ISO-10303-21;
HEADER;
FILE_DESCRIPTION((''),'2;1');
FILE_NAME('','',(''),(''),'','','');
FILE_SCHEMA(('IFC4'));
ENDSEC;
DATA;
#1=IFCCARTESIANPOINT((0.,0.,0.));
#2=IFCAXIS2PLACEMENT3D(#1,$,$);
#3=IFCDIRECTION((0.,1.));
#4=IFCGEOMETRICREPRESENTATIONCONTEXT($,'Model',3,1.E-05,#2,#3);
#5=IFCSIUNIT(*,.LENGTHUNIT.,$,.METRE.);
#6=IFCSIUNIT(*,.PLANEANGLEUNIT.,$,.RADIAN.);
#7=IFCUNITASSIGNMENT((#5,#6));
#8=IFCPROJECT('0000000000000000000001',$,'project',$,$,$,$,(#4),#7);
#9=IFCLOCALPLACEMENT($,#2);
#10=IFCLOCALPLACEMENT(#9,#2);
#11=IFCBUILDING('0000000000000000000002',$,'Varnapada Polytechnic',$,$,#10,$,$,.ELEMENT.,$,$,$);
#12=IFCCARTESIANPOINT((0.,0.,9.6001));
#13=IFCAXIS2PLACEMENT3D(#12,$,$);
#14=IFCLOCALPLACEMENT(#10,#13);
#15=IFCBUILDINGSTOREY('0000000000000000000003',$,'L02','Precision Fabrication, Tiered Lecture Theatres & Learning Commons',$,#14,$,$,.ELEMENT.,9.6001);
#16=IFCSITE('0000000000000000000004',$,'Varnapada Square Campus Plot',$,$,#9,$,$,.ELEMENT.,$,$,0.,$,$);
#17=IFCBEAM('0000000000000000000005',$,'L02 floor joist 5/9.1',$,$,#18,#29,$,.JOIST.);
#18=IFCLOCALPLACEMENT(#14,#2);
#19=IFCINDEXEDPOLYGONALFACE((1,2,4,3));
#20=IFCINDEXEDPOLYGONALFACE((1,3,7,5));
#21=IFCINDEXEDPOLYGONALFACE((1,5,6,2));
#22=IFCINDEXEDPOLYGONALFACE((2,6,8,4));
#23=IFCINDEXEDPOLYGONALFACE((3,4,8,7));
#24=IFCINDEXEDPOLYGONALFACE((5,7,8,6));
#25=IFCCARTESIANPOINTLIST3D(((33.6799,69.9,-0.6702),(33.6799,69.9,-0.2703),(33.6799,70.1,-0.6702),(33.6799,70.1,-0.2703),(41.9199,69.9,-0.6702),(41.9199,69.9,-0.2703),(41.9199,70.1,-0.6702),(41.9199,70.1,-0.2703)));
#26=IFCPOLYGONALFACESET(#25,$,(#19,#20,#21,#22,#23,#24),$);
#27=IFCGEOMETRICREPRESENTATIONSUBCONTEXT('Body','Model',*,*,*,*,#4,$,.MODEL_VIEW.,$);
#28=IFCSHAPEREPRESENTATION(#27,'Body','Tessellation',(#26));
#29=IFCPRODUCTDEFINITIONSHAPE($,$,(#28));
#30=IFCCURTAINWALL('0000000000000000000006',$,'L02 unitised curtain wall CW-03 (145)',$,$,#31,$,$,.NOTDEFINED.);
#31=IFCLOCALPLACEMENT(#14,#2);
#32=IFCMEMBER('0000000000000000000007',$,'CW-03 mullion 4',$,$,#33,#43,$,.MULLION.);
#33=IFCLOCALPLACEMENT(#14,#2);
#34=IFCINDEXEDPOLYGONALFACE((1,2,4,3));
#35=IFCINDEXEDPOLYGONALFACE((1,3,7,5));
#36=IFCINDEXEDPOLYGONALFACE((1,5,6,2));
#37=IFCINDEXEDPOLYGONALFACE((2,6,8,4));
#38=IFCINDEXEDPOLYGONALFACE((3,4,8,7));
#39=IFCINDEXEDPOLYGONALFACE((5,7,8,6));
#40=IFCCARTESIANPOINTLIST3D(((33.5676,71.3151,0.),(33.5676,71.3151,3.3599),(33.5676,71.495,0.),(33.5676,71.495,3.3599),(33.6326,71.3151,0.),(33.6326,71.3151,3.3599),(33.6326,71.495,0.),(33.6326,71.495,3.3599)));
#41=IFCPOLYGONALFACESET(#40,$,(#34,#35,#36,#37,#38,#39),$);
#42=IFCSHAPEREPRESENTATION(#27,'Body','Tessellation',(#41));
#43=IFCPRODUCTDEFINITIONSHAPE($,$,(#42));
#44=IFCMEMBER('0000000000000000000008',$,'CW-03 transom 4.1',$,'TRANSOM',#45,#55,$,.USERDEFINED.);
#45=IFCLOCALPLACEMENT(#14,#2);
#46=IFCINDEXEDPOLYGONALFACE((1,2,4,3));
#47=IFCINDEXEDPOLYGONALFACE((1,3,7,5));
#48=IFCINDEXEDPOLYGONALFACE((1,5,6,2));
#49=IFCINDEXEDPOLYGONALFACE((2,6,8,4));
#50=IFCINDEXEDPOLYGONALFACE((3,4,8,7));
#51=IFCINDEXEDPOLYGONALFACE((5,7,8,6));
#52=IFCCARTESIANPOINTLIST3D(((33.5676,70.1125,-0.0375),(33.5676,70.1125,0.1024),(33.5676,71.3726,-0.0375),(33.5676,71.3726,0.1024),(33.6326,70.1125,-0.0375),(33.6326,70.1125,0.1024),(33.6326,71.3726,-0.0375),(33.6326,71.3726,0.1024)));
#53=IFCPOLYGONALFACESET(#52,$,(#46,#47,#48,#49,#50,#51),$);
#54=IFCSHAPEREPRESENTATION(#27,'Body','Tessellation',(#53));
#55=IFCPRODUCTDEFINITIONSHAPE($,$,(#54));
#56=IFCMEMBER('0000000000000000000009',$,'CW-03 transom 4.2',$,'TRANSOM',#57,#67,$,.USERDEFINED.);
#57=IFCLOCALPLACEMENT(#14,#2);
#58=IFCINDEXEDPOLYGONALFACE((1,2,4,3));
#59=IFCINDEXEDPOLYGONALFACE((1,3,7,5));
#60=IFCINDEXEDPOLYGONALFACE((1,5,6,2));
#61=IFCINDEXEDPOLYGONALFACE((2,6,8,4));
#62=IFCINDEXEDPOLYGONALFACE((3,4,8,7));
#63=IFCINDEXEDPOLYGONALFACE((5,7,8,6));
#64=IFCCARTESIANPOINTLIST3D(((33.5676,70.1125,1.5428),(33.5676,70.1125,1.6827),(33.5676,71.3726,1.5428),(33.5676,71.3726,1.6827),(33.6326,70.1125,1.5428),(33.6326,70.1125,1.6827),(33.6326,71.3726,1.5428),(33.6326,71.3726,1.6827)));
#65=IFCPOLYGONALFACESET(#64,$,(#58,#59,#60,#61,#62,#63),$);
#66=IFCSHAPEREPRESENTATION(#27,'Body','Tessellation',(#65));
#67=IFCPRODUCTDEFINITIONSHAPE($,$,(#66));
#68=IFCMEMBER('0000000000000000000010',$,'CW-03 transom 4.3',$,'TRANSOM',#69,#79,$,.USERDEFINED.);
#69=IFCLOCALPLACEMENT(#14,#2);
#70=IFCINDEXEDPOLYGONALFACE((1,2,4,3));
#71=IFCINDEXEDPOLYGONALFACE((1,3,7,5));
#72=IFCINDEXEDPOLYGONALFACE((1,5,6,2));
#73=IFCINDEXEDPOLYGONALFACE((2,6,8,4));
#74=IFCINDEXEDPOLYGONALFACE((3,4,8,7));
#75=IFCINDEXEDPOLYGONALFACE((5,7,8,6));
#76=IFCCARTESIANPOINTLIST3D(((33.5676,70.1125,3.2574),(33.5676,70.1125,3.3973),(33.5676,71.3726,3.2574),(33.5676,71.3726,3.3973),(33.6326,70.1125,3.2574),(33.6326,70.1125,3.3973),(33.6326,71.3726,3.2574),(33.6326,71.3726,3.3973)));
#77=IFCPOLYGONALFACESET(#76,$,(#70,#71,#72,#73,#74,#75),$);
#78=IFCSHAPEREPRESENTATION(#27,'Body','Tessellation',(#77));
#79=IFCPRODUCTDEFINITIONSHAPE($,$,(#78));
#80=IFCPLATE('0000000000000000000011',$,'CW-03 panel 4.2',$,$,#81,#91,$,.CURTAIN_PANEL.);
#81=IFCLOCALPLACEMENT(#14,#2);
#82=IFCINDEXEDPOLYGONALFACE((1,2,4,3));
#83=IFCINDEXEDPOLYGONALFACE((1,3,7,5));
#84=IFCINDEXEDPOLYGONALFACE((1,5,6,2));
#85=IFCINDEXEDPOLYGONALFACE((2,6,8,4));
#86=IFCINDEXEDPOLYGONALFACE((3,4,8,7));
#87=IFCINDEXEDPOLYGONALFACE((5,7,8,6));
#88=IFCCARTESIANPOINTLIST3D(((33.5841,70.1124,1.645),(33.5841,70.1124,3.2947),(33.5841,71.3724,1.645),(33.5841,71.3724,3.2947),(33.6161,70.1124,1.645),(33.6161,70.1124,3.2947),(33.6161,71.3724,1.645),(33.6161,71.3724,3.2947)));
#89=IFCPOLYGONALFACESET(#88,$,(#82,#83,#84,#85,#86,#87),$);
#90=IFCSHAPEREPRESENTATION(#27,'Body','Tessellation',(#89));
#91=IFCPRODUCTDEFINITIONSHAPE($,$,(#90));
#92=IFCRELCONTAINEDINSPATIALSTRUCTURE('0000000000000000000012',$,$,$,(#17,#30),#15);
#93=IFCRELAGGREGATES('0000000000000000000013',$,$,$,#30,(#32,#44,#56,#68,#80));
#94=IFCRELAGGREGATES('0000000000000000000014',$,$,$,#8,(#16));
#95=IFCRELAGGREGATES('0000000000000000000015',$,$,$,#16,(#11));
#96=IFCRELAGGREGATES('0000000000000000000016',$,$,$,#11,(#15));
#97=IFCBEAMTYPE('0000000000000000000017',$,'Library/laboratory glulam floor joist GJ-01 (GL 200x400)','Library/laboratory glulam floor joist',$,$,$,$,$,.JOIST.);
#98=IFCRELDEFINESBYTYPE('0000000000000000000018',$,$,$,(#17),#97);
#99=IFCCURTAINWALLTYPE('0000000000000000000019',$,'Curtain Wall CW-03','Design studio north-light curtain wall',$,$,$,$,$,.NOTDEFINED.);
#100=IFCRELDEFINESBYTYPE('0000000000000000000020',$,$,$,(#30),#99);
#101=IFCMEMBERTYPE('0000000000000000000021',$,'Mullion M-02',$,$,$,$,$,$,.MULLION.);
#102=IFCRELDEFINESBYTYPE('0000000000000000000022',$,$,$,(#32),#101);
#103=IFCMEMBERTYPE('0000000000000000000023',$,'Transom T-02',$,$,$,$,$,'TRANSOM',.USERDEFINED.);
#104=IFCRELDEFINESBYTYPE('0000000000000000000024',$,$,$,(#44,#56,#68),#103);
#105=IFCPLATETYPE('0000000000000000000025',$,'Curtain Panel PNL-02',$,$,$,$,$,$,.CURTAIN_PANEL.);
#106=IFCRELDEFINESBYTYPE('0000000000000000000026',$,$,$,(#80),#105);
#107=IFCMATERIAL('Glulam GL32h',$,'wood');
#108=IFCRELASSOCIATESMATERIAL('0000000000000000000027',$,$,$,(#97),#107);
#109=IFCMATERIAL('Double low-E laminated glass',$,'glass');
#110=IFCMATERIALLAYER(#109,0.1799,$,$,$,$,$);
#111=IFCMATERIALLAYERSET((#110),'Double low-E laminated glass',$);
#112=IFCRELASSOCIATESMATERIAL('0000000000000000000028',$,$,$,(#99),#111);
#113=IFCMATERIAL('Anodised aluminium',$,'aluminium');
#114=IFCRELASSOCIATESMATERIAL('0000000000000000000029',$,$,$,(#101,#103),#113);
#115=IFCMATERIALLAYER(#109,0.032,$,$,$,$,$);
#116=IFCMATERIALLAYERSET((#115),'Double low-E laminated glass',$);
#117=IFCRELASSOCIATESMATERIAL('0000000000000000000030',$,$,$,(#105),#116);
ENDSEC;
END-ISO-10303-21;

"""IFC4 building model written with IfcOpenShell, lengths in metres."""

from ifc_helpers import new_model, si_unit, direction, frame, origin, origin_2d, place, context, subcontext, project, spatial, rectangle, extrude, material, layer, layer_set, material_profile, profile_set, type_object, element, aggregate, save


model = new_model("IFC4")

# Units and contexts
model_context = context("Model", 3, precision=1e-05, world=origin(), true_north=direction((0.0, 1.0)))
body_context = subcontext(model_context, "Body", "Model", "MODEL_VIEW")
ifc_project = project(units=[si_unit("LENGTHUNIT", "METRE"), si_unit("PLANEANGLEUNIT", "RADIAN")], contexts=[model_context])

# Site, building, storey
site_placement = place(None, origin())
site = spatial("IfcSite", under=ifc_project, at=site_placement, Name="Varnapada Square Campus Plot", CompositionType="ELEMENT", RefElevation=0.0)
building_placement = place(site_placement, origin())
building = spatial("IfcBuilding", under=site, at=building_placement, Name="Varnapada Polytechnic", CompositionType="ELEMENT")
storey_placement = place(building_placement, frame((0.0, 0.0, 9.6001)))
storey = spatial("IfcBuildingStorey", under=building, at=storey_placement, Name="L02", Description="Precision Fabrication, Tiered Lecture Theatres & Learning Commons", CompositionType="ELEMENT", Elevation=9.6001)

# Beam
ifc_material_1 = material(Name="Glulam GL32h", Category="wood")
ifc_material_profile_1 = material_profile(ifc_material_1, rectangle(XDim=0.2, YDim=0.3999, at=origin_2d()), Name="GL 200x400")
ifc_profile_set_1 = profile_set([ifc_material_profile_1], Name="Glulam GL32h")
beam_type = type_object("IfcBeamType", Name="Library/laboratory glulam floor joist GJ-01 (GL 200x400)", Description="Library/laboratory glulam floor joist", PredefinedType="JOIST", material=ifc_profile_set_1)
beam_placement = place(storey_placement, frame((33.6799, 70.0, -0.4702), z_axis=(1.0, 0.0, 0.0), x_axis=(0.0, 1.0, 0.0)))
element("IfcBeam", 1, at=beam_placement, inside=storey, type_object=beam_type, Name="L02 floor joist 5/9.1", PredefinedType="JOIST", context=body_context, shape_type="SweptSolid", body=[
    extrude(rectangle(XDim=0.2, YDim=0.3999, at=origin_2d()), origin(), (0.0, 0.0, 1.0), 8.24),
])

# Curtain wall, members, plate
ifc_material_2 = material(Name="Double low-E laminated glass", Category="glass")
ifc_layer_1 = layer(ifc_material_2, 0.1799)
ifc_layer_set_1 = layer_set([ifc_layer_1], Name="Double low-E laminated glass")
curtain_wall_type = type_object("IfcCurtainWallType", Name="Curtain Wall CW-03", Description="Design studio north-light curtain wall", PredefinedType="NOTDEFINED", material=ifc_layer_set_1)
curtain_wall_placement = place(storey_placement, origin())
curtain_wall = element("IfcCurtainWall", 2, at=curtain_wall_placement, inside=storey, type_object=curtain_wall_type, Name="L02 unitised curtain wall CW-03 (145)", PredefinedType="NOTDEFINED")
ifc_material_3 = material(Name="Anodised aluminium", Category="aluminium")
ifc_material_profile_2 = material_profile(ifc_material_3, rectangle(XDim=0.0649, YDim=0.1799, at=origin_2d()), Name="ALU M65x180")
ifc_profile_set_2 = profile_set([ifc_material_profile_2], Name="Anodised aluminium")
member_type_1 = type_object("IfcMemberType", Name="Mullion M-02", PredefinedType="MULLION", material=ifc_profile_set_2)
member_1_placement = place(storey_placement, frame((33.6001, 71.405, 0.0), z_axis=(0.0, 0.0, 1.0), x_axis=(1.0, 0.0, 0.0)))
member_1 = element("IfcMember", 3, at=member_1_placement, type_object=member_type_1, Name="CW-03 mullion 4", PredefinedType="MULLION", context=body_context, shape_type="SweptSolid", body=[
    extrude(rectangle(XDim=0.0649, YDim=0.1799, at=origin_2d()), origin(), (0.0, 0.0, 1.0), 3.3599),
])
ifc_material_profile_3 = material_profile(ifc_material_3, rectangle(XDim=0.0649, YDim=0.1399, at=origin_2d()), Name="ALU T65x140")
ifc_profile_set_3 = profile_set([ifc_material_profile_3], Name="Anodised aluminium")
member_type_2 = type_object("IfcMemberType", Name="Transom T-02", ElementType="TRANSOM", PredefinedType="USERDEFINED", material=ifc_profile_set_3)
member_2_placement = place(storey_placement, frame((33.6001, 71.3726, 0.0325), z_axis=(0.0, -1.0, 0.0), x_axis=(1.0, 0.0, 0.0)))
member_2 = element("IfcMember", 4, at=member_2_placement, type_object=member_type_2, Name="CW-03 transom 4.1", ObjectType="TRANSOM", PredefinedType="USERDEFINED", context=body_context, shape_type="SweptSolid", body=[
    extrude(rectangle(XDim=0.0649, YDim=0.1399, at=origin_2d()), origin(), (0.0, 0.0, 1.0), 1.26),
])
member_3_placement = place(storey_placement, frame((33.6001, 71.3726, 1.6128), z_axis=(0.0, -1.0, 0.0), x_axis=(1.0, 0.0, 0.0)))
member_3 = element("IfcMember", 5, at=member_3_placement, type_object=member_type_2, Name="CW-03 transom 4.2", ObjectType="TRANSOM", PredefinedType="USERDEFINED", context=body_context, shape_type="SweptSolid", body=[
    extrude(rectangle(XDim=0.0649, YDim=0.1399, at=origin_2d()), origin(), (0.0, 0.0, 1.0), 1.26),
])
member_4_placement = place(storey_placement, frame((33.6001, 71.3726, 3.3274), z_axis=(0.0, -1.0, 0.0), x_axis=(1.0, 0.0, 0.0)))
member_4 = element("IfcMember", 6, at=member_4_placement, type_object=member_type_2, Name="CW-03 transom 4.3", ObjectType="TRANSOM", PredefinedType="USERDEFINED", context=body_context, shape_type="SweptSolid", body=[
    extrude(rectangle(XDim=0.0649, YDim=0.1399, at=origin_2d()), origin(), (0.0, 0.0, 1.0), 1.26),
])
ifc_layer_2 = layer(ifc_material_2, 0.032)
ifc_layer_set_2 = layer_set([ifc_layer_2], Name="Double low-E laminated glass")
plate_type = type_object("IfcPlateType", Name="Curtain Panel PNL-02", PredefinedType="CURTAIN_PANEL", material=ifc_layer_set_2)
plate_placement = place(storey_placement, frame((33.6001, 70.7424, 1.645), z_axis=(0.0, 0.0, 1.0), x_axis=(0.0, -1.0, 0.0)))
plate = element("IfcPlate", 7, at=plate_placement, type_object=plate_type, Name="CW-03 panel 4.2", PredefinedType="CURTAIN_PANEL", context=body_context, shape_type="SweptSolid", body=[
    extrude(rectangle(XDim=1.26, YDim=0.032, at=origin_2d()), origin(), (0.0, 0.0, 1.0), 1.6497),
])
aggregate(curtain_wall, [member_1, member_2, member_3, member_4, plate])

save(model, "model.ifc")
